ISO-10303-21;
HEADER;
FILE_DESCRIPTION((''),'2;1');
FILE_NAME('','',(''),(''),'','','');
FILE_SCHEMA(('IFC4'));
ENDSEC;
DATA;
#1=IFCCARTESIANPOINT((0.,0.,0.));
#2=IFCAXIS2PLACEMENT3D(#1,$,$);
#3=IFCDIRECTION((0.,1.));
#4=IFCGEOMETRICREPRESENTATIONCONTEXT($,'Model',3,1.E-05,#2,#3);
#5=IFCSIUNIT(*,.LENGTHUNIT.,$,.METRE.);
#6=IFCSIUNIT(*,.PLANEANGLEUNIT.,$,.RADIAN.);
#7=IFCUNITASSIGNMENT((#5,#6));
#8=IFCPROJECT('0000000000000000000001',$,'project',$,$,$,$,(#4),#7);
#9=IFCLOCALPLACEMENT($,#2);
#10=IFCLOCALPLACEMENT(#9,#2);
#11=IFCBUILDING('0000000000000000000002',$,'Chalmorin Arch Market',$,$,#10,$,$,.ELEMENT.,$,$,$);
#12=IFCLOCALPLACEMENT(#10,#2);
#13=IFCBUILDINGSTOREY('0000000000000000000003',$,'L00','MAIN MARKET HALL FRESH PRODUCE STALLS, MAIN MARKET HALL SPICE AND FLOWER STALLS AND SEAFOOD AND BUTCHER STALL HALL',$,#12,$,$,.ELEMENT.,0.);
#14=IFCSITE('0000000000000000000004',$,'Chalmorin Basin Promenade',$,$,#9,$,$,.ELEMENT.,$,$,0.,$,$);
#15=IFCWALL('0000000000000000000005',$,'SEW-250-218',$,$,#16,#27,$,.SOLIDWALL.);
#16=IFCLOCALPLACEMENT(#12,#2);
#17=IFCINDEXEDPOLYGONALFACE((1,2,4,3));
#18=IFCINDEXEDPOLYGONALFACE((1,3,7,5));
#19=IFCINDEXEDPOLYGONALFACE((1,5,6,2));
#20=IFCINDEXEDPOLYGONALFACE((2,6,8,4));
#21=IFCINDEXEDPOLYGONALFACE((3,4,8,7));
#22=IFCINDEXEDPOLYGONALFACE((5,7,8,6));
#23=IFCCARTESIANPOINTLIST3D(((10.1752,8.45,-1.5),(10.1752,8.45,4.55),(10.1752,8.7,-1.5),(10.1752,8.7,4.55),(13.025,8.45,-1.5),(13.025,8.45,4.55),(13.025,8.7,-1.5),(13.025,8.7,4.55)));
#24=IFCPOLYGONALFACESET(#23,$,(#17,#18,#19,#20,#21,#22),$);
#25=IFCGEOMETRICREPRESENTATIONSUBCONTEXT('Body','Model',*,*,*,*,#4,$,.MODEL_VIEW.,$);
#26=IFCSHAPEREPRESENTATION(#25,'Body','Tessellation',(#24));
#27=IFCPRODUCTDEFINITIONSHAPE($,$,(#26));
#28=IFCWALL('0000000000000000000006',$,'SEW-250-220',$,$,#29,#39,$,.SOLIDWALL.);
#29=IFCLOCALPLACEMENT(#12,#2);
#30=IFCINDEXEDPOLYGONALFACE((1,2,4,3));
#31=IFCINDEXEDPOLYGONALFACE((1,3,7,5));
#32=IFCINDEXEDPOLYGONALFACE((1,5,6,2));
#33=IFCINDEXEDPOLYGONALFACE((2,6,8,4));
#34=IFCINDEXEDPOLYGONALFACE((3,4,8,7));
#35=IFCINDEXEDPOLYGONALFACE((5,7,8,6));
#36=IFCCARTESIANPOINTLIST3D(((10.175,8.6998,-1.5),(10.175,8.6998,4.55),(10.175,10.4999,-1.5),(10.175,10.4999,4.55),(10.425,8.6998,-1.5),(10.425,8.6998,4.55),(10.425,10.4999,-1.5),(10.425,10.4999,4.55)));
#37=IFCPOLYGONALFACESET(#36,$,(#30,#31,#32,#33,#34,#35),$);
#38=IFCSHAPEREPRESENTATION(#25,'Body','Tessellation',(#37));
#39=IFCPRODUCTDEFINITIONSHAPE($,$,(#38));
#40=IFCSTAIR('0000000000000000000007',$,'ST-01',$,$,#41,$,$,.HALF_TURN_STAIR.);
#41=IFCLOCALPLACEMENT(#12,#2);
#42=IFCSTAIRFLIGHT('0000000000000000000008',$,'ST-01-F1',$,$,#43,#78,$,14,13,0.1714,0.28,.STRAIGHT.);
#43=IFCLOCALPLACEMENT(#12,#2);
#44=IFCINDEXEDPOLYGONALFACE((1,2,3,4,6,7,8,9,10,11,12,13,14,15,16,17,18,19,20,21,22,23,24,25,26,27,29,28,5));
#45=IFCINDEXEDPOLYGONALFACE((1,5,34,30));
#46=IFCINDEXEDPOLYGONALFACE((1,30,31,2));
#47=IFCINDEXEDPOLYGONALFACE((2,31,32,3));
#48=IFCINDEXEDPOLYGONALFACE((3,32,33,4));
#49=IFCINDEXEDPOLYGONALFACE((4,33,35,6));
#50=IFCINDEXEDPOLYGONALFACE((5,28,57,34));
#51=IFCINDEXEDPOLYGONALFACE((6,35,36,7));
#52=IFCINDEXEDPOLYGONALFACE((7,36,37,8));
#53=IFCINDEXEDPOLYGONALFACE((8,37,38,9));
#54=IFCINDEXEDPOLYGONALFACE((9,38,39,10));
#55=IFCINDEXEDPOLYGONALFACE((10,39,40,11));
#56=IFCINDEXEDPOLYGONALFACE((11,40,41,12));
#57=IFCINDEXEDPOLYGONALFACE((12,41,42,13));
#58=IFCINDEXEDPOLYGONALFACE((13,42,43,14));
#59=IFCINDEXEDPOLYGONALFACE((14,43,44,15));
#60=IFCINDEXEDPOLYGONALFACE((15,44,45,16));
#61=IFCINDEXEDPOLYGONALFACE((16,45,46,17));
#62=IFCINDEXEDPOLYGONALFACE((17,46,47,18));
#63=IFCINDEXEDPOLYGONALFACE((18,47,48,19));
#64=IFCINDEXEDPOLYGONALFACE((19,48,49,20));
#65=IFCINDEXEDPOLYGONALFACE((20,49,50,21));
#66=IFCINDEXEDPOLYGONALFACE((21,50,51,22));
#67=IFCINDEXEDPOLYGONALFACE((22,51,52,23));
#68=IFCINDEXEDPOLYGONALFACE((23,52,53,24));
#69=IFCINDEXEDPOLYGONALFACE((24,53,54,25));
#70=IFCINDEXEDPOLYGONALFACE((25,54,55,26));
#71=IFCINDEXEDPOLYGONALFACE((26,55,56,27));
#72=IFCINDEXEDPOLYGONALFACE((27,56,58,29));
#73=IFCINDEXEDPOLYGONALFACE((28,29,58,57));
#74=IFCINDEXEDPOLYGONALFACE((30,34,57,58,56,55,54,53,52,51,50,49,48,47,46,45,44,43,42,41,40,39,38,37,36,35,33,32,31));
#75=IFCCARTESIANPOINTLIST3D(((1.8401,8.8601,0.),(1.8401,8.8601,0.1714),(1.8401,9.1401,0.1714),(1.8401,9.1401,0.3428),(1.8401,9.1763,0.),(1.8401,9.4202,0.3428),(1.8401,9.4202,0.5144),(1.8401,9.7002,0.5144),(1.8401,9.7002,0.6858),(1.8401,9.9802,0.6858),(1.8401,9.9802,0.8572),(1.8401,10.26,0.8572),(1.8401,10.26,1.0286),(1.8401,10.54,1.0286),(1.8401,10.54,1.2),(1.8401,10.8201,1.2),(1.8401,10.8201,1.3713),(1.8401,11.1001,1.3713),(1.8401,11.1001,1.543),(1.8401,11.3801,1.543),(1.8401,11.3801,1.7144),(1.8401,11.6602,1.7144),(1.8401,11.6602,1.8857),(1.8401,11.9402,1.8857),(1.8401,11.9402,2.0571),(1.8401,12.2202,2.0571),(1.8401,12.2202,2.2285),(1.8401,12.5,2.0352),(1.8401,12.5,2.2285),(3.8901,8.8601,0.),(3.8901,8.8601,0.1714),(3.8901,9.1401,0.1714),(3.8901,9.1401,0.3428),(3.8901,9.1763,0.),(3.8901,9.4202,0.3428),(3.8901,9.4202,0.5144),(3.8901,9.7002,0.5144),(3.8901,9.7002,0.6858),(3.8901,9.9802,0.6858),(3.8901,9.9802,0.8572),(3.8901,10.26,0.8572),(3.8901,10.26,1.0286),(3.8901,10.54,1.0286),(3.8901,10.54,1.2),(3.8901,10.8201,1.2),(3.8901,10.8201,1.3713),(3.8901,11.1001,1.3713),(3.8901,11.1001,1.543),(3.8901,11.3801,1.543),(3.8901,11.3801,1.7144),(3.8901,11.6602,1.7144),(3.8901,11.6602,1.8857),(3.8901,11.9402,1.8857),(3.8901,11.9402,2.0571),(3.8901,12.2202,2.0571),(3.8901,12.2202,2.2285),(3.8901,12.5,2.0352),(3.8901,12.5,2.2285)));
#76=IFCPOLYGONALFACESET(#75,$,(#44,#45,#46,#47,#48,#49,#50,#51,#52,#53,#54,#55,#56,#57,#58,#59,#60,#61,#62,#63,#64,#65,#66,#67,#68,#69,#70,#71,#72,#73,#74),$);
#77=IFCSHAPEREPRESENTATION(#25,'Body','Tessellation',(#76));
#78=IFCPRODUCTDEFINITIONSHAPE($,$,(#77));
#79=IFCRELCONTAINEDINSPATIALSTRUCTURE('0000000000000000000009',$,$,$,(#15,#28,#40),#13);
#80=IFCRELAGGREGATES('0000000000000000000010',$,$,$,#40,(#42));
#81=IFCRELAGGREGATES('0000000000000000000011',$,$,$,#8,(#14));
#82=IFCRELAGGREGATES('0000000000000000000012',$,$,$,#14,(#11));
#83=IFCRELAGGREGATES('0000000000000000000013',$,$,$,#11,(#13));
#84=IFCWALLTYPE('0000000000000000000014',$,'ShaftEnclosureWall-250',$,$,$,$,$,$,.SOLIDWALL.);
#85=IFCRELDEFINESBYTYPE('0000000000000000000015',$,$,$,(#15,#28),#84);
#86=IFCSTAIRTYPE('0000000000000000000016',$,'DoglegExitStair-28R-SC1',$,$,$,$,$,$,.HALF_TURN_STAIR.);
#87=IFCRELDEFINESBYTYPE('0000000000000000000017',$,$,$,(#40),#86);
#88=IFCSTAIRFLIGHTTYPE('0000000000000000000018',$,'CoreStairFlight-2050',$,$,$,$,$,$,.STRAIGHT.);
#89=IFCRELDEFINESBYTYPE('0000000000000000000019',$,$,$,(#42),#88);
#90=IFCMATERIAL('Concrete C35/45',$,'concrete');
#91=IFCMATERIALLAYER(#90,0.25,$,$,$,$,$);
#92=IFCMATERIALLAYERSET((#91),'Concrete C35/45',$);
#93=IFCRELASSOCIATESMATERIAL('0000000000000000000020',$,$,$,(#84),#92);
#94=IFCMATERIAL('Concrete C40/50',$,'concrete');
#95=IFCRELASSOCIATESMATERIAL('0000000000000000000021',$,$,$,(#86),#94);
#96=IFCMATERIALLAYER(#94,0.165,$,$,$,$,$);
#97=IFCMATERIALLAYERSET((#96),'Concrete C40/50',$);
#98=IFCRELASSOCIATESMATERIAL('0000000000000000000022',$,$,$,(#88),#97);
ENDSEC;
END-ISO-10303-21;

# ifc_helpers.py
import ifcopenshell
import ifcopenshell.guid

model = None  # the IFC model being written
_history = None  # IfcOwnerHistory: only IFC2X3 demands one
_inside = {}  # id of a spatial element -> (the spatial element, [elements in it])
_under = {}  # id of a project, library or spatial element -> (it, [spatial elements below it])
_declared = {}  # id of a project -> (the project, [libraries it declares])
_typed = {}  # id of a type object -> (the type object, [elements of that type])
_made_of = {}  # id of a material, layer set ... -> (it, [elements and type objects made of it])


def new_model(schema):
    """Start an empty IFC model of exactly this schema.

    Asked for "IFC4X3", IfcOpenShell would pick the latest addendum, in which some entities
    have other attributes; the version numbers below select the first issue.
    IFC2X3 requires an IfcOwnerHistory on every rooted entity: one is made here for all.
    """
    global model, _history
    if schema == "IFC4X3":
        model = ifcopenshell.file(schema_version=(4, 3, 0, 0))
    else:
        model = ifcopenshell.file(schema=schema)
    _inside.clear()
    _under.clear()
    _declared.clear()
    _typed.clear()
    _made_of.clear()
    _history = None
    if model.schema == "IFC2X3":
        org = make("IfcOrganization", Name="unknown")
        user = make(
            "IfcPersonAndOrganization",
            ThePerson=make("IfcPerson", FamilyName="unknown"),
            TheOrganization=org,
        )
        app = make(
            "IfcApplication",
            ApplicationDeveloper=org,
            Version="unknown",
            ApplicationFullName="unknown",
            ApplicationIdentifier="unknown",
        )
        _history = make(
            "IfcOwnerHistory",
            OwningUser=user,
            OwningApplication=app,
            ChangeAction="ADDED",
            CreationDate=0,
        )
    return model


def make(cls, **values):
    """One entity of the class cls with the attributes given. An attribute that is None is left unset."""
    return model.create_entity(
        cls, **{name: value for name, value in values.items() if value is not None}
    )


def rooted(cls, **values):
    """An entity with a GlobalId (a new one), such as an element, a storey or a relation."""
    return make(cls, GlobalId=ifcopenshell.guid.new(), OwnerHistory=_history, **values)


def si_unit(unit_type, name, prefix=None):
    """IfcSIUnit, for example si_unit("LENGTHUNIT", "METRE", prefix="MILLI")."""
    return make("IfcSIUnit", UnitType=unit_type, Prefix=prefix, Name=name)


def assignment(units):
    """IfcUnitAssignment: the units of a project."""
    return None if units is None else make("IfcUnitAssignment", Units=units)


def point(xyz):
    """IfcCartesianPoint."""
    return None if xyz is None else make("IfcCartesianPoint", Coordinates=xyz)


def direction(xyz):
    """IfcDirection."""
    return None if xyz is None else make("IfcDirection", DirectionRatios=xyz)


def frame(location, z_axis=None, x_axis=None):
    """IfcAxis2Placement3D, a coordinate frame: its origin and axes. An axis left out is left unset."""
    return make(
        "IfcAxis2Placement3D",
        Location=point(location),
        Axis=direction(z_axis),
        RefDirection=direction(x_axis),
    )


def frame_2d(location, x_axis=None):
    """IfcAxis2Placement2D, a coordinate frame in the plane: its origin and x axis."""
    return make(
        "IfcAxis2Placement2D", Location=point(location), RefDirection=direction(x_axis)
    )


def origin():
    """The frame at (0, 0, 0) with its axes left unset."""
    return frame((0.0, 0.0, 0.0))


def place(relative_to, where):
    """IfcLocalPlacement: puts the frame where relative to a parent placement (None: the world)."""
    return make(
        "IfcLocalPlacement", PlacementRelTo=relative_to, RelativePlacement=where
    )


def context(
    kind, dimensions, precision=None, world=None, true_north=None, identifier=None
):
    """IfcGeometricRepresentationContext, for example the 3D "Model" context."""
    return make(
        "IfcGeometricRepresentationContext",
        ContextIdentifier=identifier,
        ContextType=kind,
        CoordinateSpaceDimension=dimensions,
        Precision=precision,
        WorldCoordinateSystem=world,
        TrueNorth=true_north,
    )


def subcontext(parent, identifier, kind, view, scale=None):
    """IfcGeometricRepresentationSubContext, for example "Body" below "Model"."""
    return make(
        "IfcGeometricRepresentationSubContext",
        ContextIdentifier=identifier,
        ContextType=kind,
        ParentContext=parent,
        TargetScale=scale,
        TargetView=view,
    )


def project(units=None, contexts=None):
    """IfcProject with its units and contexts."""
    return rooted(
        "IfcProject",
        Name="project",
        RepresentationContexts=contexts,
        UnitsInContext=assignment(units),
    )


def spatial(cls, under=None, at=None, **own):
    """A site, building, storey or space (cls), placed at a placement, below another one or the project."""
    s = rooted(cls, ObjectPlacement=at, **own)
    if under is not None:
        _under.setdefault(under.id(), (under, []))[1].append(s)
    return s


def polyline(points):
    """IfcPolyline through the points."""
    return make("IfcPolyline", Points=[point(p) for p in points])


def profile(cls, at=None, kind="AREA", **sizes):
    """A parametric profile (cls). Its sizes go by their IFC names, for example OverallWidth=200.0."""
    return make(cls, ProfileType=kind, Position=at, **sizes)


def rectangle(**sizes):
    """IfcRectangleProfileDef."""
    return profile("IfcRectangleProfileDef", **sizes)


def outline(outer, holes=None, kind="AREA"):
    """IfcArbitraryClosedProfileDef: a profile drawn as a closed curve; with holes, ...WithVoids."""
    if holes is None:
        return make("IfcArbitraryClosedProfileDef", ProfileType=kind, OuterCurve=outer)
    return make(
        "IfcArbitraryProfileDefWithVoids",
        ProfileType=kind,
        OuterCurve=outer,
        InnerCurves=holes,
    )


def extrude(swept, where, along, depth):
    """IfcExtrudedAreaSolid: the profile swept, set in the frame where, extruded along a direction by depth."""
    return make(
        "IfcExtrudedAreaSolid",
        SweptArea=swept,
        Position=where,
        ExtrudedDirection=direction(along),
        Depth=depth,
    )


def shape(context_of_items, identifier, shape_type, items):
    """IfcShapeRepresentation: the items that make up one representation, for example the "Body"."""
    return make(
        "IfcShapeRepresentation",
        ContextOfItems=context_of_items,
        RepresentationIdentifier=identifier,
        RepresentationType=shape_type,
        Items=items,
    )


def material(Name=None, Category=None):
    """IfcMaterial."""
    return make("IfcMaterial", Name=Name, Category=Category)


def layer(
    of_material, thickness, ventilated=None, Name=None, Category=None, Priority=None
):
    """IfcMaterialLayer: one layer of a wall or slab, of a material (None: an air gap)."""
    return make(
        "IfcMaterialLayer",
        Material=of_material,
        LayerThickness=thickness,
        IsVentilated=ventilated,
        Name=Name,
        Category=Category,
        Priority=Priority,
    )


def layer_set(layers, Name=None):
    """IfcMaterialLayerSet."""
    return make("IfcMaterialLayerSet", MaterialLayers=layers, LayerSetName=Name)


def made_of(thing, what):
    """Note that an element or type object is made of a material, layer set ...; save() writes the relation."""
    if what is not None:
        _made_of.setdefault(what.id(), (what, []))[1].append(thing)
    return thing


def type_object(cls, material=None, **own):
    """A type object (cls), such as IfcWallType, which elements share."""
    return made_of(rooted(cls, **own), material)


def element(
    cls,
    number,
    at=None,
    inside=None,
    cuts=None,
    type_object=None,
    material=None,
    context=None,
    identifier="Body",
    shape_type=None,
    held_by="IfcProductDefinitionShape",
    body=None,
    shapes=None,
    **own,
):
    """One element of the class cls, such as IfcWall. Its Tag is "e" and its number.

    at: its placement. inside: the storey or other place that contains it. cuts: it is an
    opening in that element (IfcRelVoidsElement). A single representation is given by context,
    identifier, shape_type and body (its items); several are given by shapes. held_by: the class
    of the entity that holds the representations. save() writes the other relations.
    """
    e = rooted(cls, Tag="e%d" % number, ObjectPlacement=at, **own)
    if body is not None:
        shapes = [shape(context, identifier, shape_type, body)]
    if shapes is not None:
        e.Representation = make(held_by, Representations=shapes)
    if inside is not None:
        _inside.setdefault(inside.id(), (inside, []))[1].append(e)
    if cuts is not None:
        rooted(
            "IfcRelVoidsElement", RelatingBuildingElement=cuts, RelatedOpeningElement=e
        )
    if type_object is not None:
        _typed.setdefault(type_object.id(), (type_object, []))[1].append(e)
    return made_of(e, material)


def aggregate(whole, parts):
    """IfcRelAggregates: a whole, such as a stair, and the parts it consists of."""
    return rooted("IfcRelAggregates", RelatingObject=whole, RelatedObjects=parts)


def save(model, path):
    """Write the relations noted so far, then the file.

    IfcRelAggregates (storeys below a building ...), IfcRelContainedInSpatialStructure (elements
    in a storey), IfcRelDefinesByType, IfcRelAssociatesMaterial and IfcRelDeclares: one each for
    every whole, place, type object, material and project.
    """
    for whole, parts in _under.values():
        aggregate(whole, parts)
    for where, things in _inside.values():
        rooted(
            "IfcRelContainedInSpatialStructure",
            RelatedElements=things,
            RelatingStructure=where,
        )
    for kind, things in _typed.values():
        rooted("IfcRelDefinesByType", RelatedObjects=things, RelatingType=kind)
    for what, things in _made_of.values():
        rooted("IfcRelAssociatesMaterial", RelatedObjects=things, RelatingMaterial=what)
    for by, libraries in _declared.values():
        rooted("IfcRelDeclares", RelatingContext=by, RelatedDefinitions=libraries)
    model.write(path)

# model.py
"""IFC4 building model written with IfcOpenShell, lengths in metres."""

from ifc_helpers import new_model, si_unit, direction, frame, frame_2d, origin, place, context, subcontext, project, spatial, polyline, rectangle, outline, extrude, material, layer, layer_set, type_object, element, aggregate, save


model = new_model("IFC4")

# Units and contexts
model_context = context("Model", 3, precision=1e-05, world=origin(), true_north=direction((0.0, 1.0)))
body_context = subcontext(model_context, "Body", "Model", "MODEL_VIEW")
ifc_project = project(units=[si_unit("LENGTHUNIT", "METRE"), si_unit("PLANEANGLEUNIT", "RADIAN")], contexts=[model_context])

# Site, building, storey
site_placement = place(None, origin())
site = spatial("IfcSite", under=ifc_project, at=site_placement, Name="Chalmorin Basin Promenade", CompositionType="ELEMENT", RefElevation=0.0)
building_placement = place(site_placement, origin())
building = spatial("IfcBuilding", under=site, at=building_placement, Name="Chalmorin Arch Market", CompositionType="ELEMENT")
storey_placement = place(building_placement, origin())
storey = spatial("IfcBuildingStorey", under=building, at=storey_placement, Name="L00", Description="MAIN MARKET HALL FRESH PRODUCE STALLS, MAIN MARKET HALL SPICE AND FLOWER STALLS AND SEAFOOD AND BUTCHER STALL HALL", CompositionType="ELEMENT", Elevation=0.0)

# Shared definitions
ifc_material_1 = material(Name="Concrete C40/50", Category="concrete")

# Shared definitions
ifc_material_2 = material(Name="Concrete C35/45", Category="concrete")

# Walls
ifc_layer_1 = layer(ifc_material_2, 0.25)
ifc_layer_set_1 = layer_set([ifc_layer_1], Name="Concrete C35/45")
wall_type_1 = type_object("IfcWallType", Name="ShaftEnclosureWall-250", PredefinedType="SOLIDWALL", material=ifc_layer_set_1)
wall_1_placement = place(storey_placement, frame((13.0249, 8.575, -1.5), z_axis=(0.0, 0.0, 1.0), x_axis=(-1.0, 0.0, 0.0)))
element("IfcWall", 1, at=wall_1_placement, inside=storey, type_object=wall_type_1, Name="SEW-250-218", PredefinedType="SOLIDWALL", context=body_context, shape_type="SweptSolid", body=[
    extrude(rectangle(XDim=2.8499, YDim=0.25, at=frame_2d((1.4248, 0.0))), origin(), (0.0, 0.0, 1.0), 6.05),
])
wall_2_placement = place(storey_placement, frame((10.3, 8.7, -1.5), z_axis=(0.0, 0.0, 1.0), x_axis=(0.0, 1.0, 0.0)))
element("IfcWall", 2, at=wall_2_placement, inside=storey, type_object=wall_type_1, Name="SEW-250-220", PredefinedType="SOLIDWALL", context=body_context, shape_type="SweptSolid", body=[
    extrude(rectangle(XDim=1.8, YDim=0.25, at=frame_2d((0.8999, 0.0))), origin(), (0.0, 0.0, 1.0), 6.05),
])

# Stair, stair flight
stair_type = type_object("IfcStairType", Name="DoglegExitStair-28R-SC1", PredefinedType="HALF_TURN_STAIR", material=ifc_material_1)
stair_placement = place(storey_placement, origin())
stair = element("IfcStair", 3, at=stair_placement, inside=storey, type_object=stair_type, Name="ST-01", PredefinedType="HALF_TURN_STAIR")
ifc_layer_2 = layer(ifc_material_1, 0.165)
ifc_layer_set_2 = layer_set([ifc_layer_2], Name="Concrete C40/50")
stair_flight_type = type_object("IfcStairFlightType", Name="CoreStairFlight-2050", PredefinedType="STRAIGHT", material=ifc_layer_set_2)
stair_flight_placement = place(storey_placement, frame((2.865, 8.8601, 0.0), z_axis=(0.0, 0.0, 1.0), x_axis=(0.0, 1.0, 0.0)))
stair_flight = element("IfcStairFlight", 4, at=stair_flight_placement, type_object=stair_flight_type, Name="ST-01-F1", NumberOfRisers=14, NumberOfTreads=13, PredefinedType="STRAIGHT", RiserHeight=0.1714, TreadLength=0.28, context=body_context, shape_type="SweptSolid", body=[
    extrude(outline(polyline([(0.0, 0.0), (0.0, 0.1714), (0.28, 0.1714), (0.28, 0.3428), (0.5601, 0.3428), (0.5601, 0.5144), (0.8401, 0.5144), (0.8401, 0.6858), (1.1201, 0.6858), (1.1201, 0.8572), (1.3999, 0.8572), (1.3999, 1.0286), (1.6799, 1.0286), (1.6799, 1.2), (1.96, 1.2), (1.96, 1.3713), (2.24, 1.3713), (2.24, 1.543), (2.52, 1.543), (2.52, 1.7144), (2.8, 1.7144), (2.8, 1.8857), (3.0801, 1.8857), (3.0801, 2.0571), (3.3601, 2.0571), (3.3601, 2.2285), (3.6399, 2.2285), (3.6399, 2.3999), (3.6399, 2.0352), (0.3162, 0.0), (0.0, 0.0)])), frame((0.0, 1.0249, 0.0), z_axis=(0.0, -1.0, 0.0), x_axis=(1.0, 0.0, 0.0)), (0.0, 0.0, 1.0), 2.05),
])
aggregate(stair, [stair_flight])

save(model, "model.ifc")
